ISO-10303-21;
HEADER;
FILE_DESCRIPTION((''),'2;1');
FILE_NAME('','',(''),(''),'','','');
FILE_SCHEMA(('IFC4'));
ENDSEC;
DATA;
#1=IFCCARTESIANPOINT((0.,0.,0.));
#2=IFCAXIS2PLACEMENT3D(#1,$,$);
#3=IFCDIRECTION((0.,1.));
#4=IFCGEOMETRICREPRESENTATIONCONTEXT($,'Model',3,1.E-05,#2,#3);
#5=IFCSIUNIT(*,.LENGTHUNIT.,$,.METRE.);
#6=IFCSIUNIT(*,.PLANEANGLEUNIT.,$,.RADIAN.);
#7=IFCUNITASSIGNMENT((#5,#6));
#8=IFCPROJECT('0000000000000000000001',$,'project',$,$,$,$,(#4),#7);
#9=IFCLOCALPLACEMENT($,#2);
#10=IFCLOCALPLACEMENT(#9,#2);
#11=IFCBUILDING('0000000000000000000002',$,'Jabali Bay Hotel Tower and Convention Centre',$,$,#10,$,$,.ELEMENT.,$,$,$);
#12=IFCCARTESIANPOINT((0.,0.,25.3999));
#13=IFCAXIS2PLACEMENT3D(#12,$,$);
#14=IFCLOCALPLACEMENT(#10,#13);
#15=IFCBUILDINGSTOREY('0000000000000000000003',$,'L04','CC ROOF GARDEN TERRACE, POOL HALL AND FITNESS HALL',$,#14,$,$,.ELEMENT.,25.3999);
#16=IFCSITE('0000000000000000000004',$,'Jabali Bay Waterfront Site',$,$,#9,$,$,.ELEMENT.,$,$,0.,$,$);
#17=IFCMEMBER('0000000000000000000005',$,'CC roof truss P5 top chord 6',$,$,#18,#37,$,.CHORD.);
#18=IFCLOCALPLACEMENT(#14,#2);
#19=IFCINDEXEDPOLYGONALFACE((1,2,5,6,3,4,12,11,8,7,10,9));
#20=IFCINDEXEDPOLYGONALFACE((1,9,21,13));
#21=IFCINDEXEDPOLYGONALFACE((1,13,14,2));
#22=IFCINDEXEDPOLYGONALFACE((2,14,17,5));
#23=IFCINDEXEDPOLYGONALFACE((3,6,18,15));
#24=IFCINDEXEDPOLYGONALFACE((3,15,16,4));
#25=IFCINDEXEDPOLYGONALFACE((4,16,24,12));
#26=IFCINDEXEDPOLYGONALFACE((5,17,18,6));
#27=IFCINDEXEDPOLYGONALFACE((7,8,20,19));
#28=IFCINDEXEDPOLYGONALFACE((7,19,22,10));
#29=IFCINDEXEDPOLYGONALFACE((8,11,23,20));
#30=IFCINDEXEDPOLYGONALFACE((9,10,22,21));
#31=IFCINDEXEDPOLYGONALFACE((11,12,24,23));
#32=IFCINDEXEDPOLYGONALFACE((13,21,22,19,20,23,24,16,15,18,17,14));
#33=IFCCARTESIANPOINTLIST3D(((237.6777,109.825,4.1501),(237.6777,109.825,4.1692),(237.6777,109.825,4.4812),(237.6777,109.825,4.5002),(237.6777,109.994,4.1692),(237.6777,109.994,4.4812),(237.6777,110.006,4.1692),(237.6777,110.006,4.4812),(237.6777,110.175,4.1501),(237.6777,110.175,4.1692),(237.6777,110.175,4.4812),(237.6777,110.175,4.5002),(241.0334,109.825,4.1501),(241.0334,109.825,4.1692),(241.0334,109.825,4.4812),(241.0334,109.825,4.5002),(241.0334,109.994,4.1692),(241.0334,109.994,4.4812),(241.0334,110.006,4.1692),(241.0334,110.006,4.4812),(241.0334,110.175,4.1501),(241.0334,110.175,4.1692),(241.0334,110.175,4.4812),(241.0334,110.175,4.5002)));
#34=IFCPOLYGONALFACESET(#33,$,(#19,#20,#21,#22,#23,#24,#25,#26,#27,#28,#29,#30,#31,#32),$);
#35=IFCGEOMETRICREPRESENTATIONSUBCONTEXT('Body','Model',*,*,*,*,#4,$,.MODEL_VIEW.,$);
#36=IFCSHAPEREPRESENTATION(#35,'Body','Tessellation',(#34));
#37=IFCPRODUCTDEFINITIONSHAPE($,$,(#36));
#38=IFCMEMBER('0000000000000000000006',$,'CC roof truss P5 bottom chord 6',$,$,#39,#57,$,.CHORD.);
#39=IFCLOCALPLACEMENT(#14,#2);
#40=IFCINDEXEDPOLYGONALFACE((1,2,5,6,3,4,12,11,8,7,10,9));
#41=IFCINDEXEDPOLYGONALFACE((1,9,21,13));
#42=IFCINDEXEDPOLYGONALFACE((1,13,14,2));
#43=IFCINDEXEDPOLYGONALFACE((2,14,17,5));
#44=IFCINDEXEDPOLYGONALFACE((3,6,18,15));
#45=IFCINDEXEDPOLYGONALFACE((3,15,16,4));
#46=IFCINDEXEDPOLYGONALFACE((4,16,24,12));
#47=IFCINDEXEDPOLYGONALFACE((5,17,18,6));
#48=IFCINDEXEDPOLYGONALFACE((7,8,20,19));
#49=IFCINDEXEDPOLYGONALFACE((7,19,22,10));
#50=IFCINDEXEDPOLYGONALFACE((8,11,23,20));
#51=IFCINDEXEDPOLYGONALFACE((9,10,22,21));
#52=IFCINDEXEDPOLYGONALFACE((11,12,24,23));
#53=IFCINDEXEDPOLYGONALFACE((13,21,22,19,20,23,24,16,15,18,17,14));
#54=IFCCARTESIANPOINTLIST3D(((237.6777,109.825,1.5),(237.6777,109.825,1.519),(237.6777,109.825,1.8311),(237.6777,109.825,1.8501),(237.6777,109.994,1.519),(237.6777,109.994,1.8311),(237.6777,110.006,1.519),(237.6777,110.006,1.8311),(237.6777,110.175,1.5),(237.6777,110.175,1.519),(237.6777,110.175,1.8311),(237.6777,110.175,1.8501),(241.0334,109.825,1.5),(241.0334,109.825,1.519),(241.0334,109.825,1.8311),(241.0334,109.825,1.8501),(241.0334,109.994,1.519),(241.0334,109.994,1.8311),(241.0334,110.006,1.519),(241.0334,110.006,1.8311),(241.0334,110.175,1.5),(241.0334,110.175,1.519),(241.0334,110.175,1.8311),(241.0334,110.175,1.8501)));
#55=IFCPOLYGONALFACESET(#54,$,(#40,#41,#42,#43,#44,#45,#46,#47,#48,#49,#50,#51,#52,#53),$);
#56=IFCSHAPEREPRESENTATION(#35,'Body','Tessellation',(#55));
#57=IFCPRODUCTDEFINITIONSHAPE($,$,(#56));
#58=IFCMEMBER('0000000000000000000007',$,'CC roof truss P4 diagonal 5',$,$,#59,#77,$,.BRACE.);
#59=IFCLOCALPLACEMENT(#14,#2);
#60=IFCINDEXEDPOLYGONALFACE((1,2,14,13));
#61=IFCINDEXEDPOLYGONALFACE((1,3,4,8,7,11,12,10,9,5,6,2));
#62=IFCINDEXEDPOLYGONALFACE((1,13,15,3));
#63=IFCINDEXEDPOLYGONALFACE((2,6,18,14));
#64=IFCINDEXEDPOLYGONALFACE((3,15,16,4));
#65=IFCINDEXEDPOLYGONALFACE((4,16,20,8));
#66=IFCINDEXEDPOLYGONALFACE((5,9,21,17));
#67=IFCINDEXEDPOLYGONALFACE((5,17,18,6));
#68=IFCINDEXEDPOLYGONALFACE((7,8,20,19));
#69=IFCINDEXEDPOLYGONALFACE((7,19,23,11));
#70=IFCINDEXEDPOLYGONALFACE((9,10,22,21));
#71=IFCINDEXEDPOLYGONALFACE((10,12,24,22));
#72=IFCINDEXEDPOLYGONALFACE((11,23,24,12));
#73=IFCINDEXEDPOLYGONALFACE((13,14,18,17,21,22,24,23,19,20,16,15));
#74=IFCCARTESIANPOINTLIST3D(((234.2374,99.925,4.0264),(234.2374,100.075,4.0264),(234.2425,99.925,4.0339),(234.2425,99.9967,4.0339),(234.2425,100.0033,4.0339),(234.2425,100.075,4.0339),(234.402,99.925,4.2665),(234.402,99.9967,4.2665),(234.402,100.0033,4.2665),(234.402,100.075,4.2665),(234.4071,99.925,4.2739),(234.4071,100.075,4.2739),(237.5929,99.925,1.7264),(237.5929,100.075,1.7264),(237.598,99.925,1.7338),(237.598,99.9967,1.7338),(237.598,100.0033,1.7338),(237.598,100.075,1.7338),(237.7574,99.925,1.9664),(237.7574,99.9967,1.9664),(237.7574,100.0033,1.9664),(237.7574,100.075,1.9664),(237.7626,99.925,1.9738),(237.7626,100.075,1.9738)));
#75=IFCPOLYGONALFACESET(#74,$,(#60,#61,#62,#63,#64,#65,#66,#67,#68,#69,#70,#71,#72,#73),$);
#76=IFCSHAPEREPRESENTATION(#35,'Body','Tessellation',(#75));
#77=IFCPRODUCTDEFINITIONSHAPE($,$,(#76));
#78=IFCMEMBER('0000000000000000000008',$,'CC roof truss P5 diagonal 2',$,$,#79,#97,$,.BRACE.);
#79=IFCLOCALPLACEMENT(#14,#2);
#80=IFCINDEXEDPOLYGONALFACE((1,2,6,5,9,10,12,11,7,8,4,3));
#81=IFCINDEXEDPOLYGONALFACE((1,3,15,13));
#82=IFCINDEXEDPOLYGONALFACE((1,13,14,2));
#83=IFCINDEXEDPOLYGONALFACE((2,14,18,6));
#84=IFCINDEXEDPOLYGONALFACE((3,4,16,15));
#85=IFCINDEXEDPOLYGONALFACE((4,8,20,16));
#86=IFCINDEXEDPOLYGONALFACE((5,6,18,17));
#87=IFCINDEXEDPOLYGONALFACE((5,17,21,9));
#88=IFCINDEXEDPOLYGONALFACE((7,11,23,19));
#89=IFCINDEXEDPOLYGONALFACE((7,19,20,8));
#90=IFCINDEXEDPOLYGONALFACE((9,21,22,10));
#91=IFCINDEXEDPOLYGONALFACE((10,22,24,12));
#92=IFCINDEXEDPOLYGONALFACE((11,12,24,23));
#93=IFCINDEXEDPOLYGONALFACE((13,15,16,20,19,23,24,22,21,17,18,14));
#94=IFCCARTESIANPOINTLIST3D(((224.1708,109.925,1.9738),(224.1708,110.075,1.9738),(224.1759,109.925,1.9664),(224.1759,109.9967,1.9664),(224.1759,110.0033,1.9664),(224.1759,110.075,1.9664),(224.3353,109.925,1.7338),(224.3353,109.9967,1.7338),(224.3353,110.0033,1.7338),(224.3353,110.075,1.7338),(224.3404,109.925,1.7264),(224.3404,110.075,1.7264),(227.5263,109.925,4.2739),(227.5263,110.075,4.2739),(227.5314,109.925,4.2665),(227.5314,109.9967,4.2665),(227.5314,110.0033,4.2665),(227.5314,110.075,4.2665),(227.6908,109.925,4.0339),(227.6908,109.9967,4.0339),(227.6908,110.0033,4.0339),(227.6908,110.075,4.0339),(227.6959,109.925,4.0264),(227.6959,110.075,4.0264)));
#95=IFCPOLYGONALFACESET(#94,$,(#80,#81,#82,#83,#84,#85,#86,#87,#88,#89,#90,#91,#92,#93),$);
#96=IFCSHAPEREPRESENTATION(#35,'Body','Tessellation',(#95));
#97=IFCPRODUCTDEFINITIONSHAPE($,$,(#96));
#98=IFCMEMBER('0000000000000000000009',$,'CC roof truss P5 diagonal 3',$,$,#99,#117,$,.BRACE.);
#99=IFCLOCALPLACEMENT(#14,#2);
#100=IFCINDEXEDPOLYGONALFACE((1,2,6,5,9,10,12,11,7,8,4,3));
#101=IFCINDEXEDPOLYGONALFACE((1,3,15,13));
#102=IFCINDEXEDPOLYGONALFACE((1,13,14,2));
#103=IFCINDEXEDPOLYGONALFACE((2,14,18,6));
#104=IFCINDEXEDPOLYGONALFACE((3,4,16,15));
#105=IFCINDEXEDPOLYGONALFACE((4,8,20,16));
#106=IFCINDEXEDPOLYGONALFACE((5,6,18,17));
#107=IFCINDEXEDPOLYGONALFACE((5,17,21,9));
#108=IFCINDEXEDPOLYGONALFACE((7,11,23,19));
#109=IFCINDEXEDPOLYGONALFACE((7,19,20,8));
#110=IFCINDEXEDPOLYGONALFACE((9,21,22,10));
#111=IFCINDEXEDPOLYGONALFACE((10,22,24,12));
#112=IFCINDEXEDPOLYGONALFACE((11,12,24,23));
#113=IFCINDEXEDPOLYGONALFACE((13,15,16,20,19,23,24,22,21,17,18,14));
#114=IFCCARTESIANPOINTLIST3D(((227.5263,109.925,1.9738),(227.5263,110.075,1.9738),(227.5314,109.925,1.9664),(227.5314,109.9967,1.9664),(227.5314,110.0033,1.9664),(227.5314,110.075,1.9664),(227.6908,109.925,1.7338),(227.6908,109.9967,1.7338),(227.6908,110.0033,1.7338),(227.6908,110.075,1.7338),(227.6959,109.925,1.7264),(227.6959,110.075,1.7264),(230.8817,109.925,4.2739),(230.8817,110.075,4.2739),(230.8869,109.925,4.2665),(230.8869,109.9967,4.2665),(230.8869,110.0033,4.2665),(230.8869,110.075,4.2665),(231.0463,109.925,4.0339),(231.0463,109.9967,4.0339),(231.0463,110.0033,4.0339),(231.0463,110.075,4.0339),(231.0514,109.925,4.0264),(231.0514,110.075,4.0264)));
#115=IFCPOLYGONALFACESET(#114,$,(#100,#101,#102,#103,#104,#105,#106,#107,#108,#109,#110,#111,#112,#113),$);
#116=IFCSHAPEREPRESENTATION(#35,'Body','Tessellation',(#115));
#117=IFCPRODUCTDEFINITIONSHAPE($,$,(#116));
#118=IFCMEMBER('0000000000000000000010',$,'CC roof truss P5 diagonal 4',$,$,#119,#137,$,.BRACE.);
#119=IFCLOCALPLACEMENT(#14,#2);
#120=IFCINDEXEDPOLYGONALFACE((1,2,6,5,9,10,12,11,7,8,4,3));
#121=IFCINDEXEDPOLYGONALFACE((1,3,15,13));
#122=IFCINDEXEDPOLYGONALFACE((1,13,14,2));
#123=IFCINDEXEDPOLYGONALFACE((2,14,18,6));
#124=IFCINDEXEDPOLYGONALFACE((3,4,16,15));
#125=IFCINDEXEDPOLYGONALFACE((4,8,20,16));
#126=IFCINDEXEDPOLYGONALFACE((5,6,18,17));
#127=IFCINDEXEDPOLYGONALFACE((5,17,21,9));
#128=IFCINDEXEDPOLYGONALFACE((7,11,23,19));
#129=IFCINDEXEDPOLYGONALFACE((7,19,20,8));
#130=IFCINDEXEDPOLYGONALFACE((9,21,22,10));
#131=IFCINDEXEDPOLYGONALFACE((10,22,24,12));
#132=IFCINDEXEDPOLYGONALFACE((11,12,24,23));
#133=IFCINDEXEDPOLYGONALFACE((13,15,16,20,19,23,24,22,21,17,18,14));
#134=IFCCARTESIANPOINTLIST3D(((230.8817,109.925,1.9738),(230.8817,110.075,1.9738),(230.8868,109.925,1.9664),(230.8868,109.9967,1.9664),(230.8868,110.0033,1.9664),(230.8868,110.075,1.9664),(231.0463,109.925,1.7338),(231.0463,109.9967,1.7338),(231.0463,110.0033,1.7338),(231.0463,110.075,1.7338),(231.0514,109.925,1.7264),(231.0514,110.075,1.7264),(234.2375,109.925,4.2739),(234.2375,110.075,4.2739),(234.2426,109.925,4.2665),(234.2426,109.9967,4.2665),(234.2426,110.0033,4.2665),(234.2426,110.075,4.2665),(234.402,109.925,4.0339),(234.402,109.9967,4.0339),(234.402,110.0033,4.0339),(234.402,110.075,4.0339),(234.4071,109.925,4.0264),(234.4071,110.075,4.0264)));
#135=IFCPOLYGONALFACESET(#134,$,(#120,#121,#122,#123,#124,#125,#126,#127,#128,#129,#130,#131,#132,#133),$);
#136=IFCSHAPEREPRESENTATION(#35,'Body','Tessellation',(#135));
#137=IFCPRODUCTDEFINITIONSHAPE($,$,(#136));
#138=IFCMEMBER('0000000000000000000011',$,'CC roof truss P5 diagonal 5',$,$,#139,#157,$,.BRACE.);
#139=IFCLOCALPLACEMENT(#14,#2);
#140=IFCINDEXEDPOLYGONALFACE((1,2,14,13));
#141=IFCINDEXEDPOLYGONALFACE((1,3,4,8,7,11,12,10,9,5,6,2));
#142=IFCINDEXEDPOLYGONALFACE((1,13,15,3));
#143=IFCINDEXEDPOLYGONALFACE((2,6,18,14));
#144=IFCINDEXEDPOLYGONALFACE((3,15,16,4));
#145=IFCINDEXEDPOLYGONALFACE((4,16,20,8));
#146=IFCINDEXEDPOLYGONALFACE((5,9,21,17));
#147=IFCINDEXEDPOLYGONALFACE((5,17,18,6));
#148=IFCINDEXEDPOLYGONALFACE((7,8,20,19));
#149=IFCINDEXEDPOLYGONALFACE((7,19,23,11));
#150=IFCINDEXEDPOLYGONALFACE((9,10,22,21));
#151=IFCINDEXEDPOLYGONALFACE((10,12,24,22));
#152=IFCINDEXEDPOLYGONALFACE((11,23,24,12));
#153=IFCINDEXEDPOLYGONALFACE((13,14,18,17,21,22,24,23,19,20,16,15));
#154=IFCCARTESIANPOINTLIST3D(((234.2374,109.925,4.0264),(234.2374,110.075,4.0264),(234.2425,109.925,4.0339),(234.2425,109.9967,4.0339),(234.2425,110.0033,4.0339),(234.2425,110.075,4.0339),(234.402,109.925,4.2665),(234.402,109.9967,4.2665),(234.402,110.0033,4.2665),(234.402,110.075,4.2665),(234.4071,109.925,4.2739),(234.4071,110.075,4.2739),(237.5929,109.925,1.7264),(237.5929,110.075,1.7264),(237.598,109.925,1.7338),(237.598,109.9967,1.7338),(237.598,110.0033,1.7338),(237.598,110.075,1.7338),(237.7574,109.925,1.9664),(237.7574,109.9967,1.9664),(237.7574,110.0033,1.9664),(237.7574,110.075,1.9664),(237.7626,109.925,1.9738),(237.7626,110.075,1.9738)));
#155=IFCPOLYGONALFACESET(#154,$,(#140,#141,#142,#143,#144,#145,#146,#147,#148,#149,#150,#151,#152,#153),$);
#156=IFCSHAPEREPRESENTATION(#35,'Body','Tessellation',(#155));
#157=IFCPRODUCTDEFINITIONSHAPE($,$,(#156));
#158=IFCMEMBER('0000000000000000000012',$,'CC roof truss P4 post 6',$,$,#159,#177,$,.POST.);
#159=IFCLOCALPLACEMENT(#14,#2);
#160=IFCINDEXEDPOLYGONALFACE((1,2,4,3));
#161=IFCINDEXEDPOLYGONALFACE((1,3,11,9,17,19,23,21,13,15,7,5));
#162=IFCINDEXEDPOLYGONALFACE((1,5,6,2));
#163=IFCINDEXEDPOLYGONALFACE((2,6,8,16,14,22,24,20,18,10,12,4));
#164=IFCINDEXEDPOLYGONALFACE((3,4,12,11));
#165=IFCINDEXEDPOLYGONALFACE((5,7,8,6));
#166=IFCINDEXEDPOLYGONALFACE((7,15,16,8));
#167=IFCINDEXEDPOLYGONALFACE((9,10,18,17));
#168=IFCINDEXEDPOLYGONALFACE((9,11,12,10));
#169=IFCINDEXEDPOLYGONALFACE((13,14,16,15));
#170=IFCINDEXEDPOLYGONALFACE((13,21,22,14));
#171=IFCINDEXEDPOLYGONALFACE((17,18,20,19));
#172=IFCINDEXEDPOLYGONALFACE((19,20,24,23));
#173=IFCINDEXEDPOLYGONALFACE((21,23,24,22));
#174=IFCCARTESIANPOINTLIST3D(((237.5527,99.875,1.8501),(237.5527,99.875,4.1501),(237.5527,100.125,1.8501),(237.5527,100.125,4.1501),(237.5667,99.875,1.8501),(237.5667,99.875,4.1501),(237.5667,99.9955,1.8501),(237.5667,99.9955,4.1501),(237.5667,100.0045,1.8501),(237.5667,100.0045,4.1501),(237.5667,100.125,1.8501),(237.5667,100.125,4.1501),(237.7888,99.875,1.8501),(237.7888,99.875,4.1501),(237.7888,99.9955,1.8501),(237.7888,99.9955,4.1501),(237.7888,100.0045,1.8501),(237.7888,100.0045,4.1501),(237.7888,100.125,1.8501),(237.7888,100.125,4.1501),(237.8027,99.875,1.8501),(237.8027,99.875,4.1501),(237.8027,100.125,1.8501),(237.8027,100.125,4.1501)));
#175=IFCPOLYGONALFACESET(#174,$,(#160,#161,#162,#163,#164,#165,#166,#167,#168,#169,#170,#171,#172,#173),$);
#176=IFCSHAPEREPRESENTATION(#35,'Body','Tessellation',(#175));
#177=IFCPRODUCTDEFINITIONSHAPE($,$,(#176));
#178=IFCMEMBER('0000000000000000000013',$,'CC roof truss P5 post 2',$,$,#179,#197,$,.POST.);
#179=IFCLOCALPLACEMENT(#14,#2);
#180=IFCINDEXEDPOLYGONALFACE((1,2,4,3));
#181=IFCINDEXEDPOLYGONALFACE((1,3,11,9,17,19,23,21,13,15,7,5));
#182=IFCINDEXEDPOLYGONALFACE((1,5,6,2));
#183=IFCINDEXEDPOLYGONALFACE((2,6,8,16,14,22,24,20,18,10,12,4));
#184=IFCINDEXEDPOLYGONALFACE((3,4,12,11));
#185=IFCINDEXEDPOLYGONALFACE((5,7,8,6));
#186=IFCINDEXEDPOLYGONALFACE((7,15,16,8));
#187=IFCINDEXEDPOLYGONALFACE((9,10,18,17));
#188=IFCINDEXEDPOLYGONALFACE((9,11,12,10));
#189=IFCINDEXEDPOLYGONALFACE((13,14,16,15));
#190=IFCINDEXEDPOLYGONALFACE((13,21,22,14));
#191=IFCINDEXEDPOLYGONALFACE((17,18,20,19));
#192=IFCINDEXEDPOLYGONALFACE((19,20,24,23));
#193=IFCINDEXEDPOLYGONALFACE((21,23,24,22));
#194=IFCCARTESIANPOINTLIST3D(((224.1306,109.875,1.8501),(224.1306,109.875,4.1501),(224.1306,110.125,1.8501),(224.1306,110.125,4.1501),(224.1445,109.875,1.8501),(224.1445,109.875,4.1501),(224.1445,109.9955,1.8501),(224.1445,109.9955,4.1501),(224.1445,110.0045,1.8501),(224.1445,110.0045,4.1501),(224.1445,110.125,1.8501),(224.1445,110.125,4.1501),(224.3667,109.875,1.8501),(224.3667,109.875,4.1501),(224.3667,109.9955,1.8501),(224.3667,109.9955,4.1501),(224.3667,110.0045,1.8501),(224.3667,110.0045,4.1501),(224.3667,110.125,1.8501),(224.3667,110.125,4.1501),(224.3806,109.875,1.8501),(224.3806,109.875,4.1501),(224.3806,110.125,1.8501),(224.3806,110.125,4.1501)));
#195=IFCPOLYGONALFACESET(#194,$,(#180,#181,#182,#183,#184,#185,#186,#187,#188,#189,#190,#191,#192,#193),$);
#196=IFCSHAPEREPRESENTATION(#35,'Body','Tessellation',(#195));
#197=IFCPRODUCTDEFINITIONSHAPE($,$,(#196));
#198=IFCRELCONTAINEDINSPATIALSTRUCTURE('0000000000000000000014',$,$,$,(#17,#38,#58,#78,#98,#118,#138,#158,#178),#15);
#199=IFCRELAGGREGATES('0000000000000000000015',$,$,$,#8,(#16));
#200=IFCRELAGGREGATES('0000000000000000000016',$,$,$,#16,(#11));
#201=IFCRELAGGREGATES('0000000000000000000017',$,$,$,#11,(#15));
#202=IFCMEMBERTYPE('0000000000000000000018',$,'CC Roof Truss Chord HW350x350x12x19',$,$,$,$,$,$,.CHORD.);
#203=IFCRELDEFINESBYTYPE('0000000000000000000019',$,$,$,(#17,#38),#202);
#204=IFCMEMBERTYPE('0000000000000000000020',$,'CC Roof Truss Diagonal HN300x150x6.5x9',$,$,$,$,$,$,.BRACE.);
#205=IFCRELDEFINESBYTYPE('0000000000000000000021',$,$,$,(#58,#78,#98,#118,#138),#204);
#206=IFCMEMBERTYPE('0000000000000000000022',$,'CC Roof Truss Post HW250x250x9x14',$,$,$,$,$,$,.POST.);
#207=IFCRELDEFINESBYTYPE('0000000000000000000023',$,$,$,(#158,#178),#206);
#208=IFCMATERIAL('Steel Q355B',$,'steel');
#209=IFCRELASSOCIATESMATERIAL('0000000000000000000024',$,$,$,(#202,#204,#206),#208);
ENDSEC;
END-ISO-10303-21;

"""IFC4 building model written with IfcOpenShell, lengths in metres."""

from ifc_helpers import new_model, si_unit, direction, frame, origin, origin_2d, place, context, subcontext, project, spatial, i_section, extrude, material, material_profile, profile_set, type_object, element, save


model = new_model("IFC4")

# Units and contexts
model_context = context("Model", 3, precision=1e-05, world=origin(), true_north=direction((0.0, 1.0)))
body_context = subcontext(model_context, "Body", "Model", "MODEL_VIEW")
ifc_project = project(units=[si_unit("LENGTHUNIT", "METRE"), si_unit("PLANEANGLEUNIT", "RADIAN")], contexts=[model_context])

# Site, building, storey
site_placement = place(None, origin())
site = spatial("IfcSite", under=ifc_project, at=site_placement, Name="Jabali Bay Waterfront Site", CompositionType="ELEMENT", RefElevation=0.0)
building_placement = place(site_placement, origin())
building = spatial("IfcBuilding", under=site, at=building_placement, Name="Jabali Bay Hotel Tower and Convention Centre", CompositionType="ELEMENT")
storey_placement = place(building_placement, frame((0.0, 0.0, 25.3999)))
storey = spatial("IfcBuildingStorey", under=building, at=storey_placement, Name="L04", Description="CC ROOF GARDEN TERRACE, POOL HALL AND FITNESS HALL", CompositionType="ELEMENT", Elevation=25.3999)

# Members
ifc_material_1 = material(Name="Steel Q355B", Category="steel")
ifc_material_profile_1 = material_profile(ifc_material_1, i_section(OverallWidth=0.3501, OverallDepth=0.3501, WebThickness=0.012, FlangeThickness=0.019, at=origin_2d()), Name="HW350x350x12x19")
ifc_profile_set_1 = profile_set([ifc_material_profile_1], Name="Steel Q355B")
member_type_1 = type_object("IfcMemberType", Name="CC Roof Truss Chord HW350x350x12x19", PredefinedType="CHORD", material=ifc_profile_set_1)
for number, where, z_axis, x_axis, name in (
    (1, (237.6777, 110.0, 4.3252), (1.0, 0.0, 0.0), (0.0, 1.0, 0.0), "CC roof truss P5 top chord 6"),
    (2, (237.6777, 110.0, 1.675), (1.0, 0.0, 0.0), (0.0, 1.0, 0.0), "CC roof truss P5 bottom chord 6"),
):
    element("IfcMember", number, at=place(storey_placement, frame(where, z_axis=z_axis, x_axis=x_axis)), inside=storey, type_object=member_type_1, Name=name, PredefinedType="CHORD", context=body_context, shape_type="SweptSolid", body=[
        extrude(i_section(OverallWidth=0.3501, OverallDepth=0.3501, WebThickness=0.012, FlangeThickness=0.019, at=origin_2d()), origin(), (0.0, 0.0, 1.0), 3.3557),
    ])
ifc_material_profile_2 = material_profile(ifc_material_1, i_section(OverallWidth=0.1499, OverallDepth=0.3, WebThickness=0.0066, FlangeThickness=0.009, at=origin_2d()), Name="HN300x150x6.5x9")
ifc_profile_set_2 = profile_set([ifc_material_profile_2], Name="Steel Q355B")
member_type_2 = type_object("IfcMemberType", Name="CC Roof Truss Diagonal HN300x150x6.5x9", PredefinedType="BRACE", material=ifc_profile_set_2)
for number, where, z_axis, x_axis, name in (
    (3, (237.6777, 100.0, 1.8501), (-0.824826, 0.0, 0.565387), (0.0, -1.0, 0.0), "CC roof truss P4 diagonal 5"),
    (4, (224.2556, 110.0, 1.8501), (0.824826, 0.0, 0.565387), (0.0, 1.0, 0.0), "CC roof truss P5 diagonal 2"),
    (5, (227.6111, 110.0, 1.8501), (0.824826, 0.0, 0.565387), (0.0, 1.0, 0.0), "CC roof truss P5 diagonal 3"),
):
    element("IfcMember", number, at=place(storey_placement, frame(where, z_axis=z_axis, x_axis=x_axis)), inside=storey, type_object=member_type_2, Name=name, PredefinedType="BRACE", context=body_context, shape_type="SweptSolid", body=[
        extrude(i_section(OverallWidth=0.1499, OverallDepth=0.3, WebThickness=0.0066, FlangeThickness=0.009, at=origin_2d()), origin(), (0.0, 0.0, 1.0), 4.0681),
    ])
member_1_placement = place(storey_placement, frame((230.9666, 110.0, 1.8501), z_axis=(0.824845, 0.0, 0.565359), x_axis=(0.0, 1.0, 0.0)))
element("IfcMember", 6, at=member_1_placement, inside=storey, type_object=member_type_2, Name="CC roof truss P5 diagonal 4", PredefinedType="BRACE", context=body_context, shape_type="SweptSolid", body=[
    extrude(i_section(OverallWidth=0.1499, OverallDepth=0.3, WebThickness=0.0066, FlangeThickness=0.009, at=origin_2d()), origin(), (0.0, 0.0, 1.0), 4.0684),
])
member_2_placement = place(storey_placement, frame((237.6777, 110.0, 1.8501), z_axis=(-0.824826, 0.0, 0.565387), x_axis=(0.0, -1.0, 0.0)))
element("IfcMember", 7, at=member_2_placement, inside=storey, type_object=member_type_2, Name="CC roof truss P5 diagonal 5", PredefinedType="BRACE", context=body_context, shape_type="SweptSolid", body=[
    extrude(i_section(OverallWidth=0.1499, OverallDepth=0.3, WebThickness=0.0066, FlangeThickness=0.009, at=origin_2d()), origin(), (0.0, 0.0, 1.0), 4.0681),
])
ifc_material_profile_3 = material_profile(ifc_material_1, i_section(OverallWidth=0.25, OverallDepth=0.25, WebThickness=0.009, FlangeThickness=0.0139, at=origin_2d()), Name="HW250x250x9x14")
ifc_profile_set_3 = profile_set([ifc_material_profile_3], Name="Steel Q355B")
member_type_3 = type_object("IfcMemberType", Name="CC Roof Truss Post HW250x250x9x14", PredefinedType="POST", material=ifc_profile_set_3)
for number, where, z_axis, x_axis, name in (
    (8, (237.6777, 100.0, 1.8501), (0.0, 0.0, 1.0), (0.0, 1.0, 0.0), "CC roof truss P4 post 6"),
    (9, (224.2556, 110.0, 1.8501), (0.0, 0.0, 1.0), (0.0, 1.0, 0.0), "CC roof truss P5 post 2"),
):
    element("IfcMember", number, at=place(storey_placement, frame(where, z_axis=z_axis, x_axis=x_axis)), inside=storey, type_object=member_type_3, Name=name, PredefinedType="POST", context=body_context, shape_type="SweptSolid", body=[
        extrude(i_section(OverallWidth=0.25, OverallDepth=0.25, WebThickness=0.009, FlangeThickness=0.0139, at=origin_2d()), origin(), (0.0, 0.0, 1.0), 2.3),
    ])

save(model, "model.ifc")
